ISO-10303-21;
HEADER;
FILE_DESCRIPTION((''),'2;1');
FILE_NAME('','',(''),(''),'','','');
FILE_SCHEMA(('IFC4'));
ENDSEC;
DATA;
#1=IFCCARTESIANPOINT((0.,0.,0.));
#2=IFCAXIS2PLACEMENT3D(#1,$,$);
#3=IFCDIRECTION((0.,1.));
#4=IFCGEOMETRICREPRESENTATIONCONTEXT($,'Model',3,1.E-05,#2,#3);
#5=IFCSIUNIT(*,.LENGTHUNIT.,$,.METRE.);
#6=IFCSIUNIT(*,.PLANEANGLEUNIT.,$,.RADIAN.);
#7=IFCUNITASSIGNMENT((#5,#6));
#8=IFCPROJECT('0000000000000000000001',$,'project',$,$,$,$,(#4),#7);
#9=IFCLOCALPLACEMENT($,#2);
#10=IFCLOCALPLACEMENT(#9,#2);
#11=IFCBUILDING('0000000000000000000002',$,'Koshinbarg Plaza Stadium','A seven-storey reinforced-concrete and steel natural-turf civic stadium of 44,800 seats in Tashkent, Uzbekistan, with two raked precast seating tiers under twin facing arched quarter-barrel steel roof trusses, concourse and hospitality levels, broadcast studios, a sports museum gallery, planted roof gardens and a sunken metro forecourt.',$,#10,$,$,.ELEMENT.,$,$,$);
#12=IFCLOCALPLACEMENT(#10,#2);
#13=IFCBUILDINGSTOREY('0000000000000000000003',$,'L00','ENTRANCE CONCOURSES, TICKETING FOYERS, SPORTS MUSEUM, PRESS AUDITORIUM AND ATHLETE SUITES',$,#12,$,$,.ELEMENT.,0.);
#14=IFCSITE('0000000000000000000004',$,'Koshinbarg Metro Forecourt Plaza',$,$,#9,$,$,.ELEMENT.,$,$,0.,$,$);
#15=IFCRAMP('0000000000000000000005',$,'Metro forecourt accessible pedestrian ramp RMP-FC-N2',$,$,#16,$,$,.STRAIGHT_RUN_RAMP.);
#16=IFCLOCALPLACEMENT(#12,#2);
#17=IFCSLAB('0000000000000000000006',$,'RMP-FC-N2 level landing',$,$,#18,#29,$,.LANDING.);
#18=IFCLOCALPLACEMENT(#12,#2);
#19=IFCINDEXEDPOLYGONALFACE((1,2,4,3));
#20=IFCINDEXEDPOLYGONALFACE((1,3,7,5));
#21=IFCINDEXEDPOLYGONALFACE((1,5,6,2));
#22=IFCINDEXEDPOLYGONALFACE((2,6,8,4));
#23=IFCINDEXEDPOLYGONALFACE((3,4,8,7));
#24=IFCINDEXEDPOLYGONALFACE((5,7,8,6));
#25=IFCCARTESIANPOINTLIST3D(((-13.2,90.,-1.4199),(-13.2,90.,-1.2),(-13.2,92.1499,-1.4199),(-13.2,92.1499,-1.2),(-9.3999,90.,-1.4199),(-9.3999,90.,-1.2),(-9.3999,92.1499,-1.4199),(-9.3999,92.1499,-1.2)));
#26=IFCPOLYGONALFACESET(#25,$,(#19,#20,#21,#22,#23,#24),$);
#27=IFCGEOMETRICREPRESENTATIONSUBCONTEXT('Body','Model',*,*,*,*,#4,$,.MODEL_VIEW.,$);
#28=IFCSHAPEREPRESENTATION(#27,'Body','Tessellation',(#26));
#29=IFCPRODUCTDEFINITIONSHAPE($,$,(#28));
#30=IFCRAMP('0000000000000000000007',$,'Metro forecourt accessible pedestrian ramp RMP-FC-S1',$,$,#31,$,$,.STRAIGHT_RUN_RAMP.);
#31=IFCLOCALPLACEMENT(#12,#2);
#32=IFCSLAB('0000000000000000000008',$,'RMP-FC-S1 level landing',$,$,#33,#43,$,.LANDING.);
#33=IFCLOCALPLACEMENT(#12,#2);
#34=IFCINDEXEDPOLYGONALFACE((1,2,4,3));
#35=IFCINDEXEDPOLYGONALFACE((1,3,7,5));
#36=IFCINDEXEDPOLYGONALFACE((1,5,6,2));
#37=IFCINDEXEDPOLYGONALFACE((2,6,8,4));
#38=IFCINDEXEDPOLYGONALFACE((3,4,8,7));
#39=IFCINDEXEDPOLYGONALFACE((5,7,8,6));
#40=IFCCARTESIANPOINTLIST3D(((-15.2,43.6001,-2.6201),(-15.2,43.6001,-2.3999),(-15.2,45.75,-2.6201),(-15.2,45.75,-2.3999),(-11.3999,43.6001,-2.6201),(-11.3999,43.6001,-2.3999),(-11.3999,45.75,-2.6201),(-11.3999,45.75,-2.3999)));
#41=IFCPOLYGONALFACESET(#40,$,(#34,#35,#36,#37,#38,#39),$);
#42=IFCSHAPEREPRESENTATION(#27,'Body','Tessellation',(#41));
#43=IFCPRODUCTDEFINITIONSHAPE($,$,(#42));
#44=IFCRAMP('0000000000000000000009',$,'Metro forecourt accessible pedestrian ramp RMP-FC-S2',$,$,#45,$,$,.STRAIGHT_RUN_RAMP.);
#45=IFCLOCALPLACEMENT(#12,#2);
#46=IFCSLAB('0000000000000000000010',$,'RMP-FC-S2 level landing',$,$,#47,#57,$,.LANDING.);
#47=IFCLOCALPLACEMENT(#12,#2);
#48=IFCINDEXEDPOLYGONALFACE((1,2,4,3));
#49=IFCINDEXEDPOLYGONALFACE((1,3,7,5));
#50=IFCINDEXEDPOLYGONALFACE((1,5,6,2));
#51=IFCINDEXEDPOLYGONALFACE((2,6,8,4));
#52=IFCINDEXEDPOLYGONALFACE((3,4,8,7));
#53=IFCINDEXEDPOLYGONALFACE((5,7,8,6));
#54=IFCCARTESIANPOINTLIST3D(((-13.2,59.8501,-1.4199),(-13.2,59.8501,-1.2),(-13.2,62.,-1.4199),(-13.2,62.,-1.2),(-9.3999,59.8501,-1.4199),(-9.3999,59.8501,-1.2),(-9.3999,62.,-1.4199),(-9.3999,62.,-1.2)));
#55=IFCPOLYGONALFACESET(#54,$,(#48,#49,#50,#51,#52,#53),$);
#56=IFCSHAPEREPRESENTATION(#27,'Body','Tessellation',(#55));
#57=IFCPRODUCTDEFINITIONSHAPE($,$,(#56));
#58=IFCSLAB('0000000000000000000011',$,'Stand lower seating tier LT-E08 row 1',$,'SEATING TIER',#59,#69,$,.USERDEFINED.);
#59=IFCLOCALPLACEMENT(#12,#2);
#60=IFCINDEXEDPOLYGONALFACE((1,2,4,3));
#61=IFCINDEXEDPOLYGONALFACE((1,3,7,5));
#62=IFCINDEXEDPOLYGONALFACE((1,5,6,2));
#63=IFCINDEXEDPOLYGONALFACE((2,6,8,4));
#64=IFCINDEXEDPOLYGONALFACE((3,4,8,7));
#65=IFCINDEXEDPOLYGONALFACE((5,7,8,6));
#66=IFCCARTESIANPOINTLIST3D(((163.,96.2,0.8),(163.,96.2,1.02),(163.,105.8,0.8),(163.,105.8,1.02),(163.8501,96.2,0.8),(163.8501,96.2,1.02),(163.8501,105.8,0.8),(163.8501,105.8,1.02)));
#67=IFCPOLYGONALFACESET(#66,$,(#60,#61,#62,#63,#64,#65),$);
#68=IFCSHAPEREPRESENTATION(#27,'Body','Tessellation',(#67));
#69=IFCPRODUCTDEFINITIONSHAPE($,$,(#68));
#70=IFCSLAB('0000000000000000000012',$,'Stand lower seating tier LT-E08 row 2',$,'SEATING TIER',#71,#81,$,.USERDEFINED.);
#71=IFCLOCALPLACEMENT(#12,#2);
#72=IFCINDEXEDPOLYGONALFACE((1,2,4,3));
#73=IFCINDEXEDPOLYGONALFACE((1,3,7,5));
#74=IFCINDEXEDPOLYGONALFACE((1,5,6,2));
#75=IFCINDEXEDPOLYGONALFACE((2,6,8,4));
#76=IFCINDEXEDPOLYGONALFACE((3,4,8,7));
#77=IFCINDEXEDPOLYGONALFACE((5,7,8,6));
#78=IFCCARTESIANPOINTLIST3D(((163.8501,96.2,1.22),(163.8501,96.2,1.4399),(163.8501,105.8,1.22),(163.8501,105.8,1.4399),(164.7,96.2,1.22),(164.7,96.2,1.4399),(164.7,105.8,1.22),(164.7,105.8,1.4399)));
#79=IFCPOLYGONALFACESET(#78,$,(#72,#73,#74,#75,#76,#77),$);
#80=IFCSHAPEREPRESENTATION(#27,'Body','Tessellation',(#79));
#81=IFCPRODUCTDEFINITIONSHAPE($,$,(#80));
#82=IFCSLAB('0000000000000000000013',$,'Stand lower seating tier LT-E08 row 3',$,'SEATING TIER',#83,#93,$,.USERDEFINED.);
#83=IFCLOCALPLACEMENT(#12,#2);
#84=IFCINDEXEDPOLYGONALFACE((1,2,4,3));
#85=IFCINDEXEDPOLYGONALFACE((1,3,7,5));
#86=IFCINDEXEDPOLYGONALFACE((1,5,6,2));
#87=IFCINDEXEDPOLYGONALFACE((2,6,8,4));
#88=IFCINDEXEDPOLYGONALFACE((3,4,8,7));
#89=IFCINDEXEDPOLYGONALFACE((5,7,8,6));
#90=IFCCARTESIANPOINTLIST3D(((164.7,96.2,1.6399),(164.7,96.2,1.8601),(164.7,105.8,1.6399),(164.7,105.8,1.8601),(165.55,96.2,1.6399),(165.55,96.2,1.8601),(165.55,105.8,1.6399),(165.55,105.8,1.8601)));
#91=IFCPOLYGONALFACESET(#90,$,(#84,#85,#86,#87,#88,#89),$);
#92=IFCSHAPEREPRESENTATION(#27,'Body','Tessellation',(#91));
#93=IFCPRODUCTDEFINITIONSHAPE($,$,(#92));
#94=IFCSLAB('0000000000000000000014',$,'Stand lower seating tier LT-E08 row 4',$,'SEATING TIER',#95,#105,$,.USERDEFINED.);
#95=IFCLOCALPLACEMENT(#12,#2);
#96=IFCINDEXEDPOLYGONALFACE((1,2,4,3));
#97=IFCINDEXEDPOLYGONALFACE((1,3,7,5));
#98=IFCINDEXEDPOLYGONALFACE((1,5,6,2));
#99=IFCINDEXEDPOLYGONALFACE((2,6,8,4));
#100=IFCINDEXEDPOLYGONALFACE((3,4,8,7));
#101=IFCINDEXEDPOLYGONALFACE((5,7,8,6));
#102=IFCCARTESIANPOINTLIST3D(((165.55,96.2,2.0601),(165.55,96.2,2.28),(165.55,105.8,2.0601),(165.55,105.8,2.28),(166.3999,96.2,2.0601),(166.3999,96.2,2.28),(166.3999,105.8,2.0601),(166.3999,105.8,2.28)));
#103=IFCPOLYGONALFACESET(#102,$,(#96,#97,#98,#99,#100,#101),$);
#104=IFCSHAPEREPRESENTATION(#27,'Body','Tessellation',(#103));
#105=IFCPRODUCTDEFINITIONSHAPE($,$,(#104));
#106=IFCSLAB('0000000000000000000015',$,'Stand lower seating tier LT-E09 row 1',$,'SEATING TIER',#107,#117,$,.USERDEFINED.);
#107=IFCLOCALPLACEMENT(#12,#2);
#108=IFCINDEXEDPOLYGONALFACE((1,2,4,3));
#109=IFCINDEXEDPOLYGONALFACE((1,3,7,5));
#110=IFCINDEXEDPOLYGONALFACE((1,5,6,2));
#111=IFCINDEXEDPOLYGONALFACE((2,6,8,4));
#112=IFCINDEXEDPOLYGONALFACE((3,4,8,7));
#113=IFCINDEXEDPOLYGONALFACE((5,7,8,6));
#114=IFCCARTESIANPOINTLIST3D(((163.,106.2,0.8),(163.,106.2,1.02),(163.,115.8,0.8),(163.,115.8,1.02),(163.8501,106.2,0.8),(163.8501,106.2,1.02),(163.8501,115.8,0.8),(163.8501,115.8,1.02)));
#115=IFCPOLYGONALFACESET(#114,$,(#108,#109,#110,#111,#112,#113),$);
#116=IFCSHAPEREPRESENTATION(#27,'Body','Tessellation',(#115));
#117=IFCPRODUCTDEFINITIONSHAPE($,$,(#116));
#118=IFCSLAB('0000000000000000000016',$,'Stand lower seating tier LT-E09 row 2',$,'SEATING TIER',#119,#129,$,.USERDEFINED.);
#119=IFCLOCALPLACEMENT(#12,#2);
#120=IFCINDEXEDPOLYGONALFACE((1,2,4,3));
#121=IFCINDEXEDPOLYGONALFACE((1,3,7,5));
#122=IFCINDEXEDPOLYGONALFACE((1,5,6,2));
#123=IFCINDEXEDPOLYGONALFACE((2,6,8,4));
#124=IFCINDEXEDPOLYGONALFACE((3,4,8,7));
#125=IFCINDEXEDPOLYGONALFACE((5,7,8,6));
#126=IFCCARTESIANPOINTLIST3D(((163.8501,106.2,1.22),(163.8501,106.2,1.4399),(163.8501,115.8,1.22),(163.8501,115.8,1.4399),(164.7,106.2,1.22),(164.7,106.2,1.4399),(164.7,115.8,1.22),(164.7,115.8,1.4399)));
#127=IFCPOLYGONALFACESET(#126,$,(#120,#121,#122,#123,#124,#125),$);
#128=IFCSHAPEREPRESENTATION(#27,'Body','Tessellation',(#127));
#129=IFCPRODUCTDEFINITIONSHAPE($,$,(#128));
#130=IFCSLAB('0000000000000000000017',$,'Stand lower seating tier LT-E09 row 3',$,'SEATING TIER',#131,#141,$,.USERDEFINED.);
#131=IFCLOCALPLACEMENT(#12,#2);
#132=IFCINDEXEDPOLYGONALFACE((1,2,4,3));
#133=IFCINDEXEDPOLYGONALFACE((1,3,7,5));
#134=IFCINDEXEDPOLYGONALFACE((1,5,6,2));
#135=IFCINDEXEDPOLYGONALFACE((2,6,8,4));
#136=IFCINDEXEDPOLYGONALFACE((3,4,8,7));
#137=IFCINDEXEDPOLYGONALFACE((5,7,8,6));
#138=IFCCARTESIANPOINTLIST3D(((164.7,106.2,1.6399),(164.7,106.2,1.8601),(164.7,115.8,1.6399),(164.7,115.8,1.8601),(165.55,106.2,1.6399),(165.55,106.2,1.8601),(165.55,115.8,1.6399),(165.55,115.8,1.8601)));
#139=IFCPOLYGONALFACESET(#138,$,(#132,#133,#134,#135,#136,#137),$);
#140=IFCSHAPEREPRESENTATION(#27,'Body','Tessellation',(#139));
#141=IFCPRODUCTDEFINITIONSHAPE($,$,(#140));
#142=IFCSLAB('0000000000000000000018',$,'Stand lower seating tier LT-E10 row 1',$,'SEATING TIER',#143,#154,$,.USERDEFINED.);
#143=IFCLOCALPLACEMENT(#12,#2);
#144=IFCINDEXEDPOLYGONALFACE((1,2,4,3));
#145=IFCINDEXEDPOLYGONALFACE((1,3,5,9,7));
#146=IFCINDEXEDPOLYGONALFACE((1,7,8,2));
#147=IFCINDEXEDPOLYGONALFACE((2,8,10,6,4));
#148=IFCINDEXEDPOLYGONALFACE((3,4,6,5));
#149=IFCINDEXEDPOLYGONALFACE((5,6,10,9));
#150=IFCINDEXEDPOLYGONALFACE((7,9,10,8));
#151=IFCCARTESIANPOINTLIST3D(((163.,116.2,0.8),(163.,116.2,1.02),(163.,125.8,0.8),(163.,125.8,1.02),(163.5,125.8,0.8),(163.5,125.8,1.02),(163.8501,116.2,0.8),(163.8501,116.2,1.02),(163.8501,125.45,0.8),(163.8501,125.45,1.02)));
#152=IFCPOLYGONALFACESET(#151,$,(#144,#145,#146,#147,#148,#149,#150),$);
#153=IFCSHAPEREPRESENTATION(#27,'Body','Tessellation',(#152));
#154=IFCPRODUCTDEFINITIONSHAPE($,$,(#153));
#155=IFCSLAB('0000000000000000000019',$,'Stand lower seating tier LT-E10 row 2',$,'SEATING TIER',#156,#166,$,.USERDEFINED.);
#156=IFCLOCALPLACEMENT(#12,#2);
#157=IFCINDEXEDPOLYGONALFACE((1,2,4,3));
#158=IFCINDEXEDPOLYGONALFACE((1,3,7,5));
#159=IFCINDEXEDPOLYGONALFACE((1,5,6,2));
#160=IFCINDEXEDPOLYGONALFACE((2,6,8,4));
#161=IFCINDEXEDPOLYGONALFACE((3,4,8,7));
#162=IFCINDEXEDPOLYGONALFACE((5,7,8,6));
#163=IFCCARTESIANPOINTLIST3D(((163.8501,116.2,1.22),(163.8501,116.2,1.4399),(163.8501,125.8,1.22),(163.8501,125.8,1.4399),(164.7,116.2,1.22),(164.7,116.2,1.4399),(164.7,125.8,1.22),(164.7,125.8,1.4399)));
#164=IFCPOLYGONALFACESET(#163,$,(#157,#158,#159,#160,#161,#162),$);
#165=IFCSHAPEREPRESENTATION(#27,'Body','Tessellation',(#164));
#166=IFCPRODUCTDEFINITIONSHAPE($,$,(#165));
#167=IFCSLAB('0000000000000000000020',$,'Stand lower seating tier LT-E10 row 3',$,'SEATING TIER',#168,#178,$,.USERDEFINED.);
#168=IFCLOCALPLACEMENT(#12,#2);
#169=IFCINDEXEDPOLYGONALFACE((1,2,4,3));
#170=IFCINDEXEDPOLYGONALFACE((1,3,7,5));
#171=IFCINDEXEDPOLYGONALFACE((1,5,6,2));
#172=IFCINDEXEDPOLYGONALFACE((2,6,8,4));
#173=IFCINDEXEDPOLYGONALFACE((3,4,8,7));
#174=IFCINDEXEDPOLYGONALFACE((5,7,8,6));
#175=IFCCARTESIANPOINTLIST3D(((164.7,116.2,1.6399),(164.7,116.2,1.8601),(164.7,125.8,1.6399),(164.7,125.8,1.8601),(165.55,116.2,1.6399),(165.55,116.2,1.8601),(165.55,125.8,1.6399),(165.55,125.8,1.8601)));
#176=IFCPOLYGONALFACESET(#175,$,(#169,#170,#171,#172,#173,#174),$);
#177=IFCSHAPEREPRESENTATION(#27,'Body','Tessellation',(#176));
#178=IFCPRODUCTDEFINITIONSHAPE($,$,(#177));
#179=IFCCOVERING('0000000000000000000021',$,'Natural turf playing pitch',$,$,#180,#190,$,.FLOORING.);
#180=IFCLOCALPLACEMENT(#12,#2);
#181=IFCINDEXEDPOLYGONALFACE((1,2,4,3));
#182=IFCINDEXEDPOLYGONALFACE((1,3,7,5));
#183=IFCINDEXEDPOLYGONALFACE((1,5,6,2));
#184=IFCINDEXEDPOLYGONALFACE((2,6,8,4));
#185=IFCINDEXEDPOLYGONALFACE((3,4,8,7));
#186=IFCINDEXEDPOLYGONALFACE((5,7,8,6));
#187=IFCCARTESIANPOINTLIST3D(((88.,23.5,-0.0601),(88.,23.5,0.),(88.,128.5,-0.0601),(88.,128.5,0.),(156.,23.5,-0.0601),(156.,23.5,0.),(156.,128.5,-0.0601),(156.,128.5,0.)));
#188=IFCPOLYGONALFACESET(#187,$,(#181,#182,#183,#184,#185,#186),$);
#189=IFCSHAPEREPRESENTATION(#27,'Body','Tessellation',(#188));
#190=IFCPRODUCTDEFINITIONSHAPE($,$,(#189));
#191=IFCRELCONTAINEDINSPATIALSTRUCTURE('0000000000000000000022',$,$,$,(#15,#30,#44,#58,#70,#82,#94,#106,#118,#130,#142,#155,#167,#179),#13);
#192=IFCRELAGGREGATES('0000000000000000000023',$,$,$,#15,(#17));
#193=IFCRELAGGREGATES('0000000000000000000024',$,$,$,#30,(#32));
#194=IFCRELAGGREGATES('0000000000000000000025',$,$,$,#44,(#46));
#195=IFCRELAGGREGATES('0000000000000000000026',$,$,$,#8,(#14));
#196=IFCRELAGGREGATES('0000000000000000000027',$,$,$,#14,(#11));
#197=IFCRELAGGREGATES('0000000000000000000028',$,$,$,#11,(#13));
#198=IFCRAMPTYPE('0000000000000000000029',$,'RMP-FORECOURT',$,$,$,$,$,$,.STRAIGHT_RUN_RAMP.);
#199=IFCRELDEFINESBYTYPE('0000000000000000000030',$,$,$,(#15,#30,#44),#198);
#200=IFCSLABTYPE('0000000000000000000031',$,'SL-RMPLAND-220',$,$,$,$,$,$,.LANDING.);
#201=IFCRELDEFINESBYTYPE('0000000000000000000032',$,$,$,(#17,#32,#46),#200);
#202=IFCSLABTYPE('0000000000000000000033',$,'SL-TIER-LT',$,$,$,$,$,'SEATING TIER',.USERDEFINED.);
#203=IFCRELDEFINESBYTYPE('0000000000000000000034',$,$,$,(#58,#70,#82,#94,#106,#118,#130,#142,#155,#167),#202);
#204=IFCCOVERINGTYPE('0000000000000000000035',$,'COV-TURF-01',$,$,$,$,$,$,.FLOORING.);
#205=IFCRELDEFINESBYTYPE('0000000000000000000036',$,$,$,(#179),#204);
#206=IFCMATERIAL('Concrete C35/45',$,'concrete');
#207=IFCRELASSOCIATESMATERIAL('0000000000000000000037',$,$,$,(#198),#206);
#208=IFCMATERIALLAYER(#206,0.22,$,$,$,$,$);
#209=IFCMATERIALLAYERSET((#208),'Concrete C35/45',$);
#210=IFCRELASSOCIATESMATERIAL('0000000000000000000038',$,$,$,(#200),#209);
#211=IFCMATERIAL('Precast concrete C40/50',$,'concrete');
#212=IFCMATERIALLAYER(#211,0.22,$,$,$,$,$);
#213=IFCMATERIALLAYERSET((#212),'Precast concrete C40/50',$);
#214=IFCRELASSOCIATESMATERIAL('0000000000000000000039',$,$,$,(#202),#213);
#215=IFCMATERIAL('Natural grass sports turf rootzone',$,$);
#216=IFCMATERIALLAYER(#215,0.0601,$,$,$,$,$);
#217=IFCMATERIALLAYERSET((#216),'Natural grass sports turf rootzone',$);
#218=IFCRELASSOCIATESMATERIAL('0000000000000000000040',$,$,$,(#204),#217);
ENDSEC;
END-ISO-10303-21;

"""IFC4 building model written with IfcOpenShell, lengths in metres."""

from ifc_helpers import new_model, si_unit, direction, frame, origin, place, context, subcontext, project, spatial, polyline, outline, extrude, material, layer, layer_set, type_object, element, aggregate, save


model = new_model("IFC4")

# Units and contexts
model_context = context("Model", 3, precision=1e-05, world=origin(), true_north=direction((0.0, 1.0)))
body_context = subcontext(model_context, "Body", "Model", "MODEL_VIEW")
ifc_project = project(units=[si_unit("LENGTHUNIT", "METRE"), si_unit("PLANEANGLEUNIT", "RADIAN")], contexts=[model_context])

# Site, building, storey
site_placement = place(None, origin())
site = spatial("IfcSite", under=ifc_project, at=site_placement, Name="Koshinbarg Metro Forecourt Plaza", CompositionType="ELEMENT", RefElevation=0.0)
building_placement = place(site_placement, origin())
building = spatial("IfcBuilding", under=site, at=building_placement, Name="Koshinbarg Plaza Stadium", Description="A seven-storey reinforced-concrete and steel natural-turf civic stadium of 44,800 seats in Tashkent, Uzbekistan, with two raked precast seating tiers under twin facing arched quarter-barrel steel roof trusses, concourse and hospitality levels, broadcast studios, a sports museum gallery, planted roof gardens and a sunken metro forecourt.", CompositionType="ELEMENT")
storey_placement = place(building_placement, origin())
storey = spatial("IfcBuildingStorey", under=building, at=storey_placement, Name="L00", Description="ENTRANCE CONCOURSES, TICKETING FOYERS, SPORTS MUSEUM, PRESS AUDITORIUM AND ATHLETE SUITES", CompositionType="ELEMENT", Elevation=0.0)

# Shared definitions
ifc_material_1 = material(Name="Concrete C35/45", Category="concrete")

# Ramps, slabs
ramp_type = type_object("IfcRampType", Name="RMP-FORECOURT", PredefinedType="STRAIGHT_RUN_RAMP", material=ifc_material_1)
ifc_layer_1 = layer(ifc_material_1, 0.22)
ifc_layer_set_1 = layer_set([ifc_layer_1], Name="Concrete C35/45")
slab_type_1 = type_object("IfcSlabType", Name="SL-RMPLAND-220", PredefinedType="LANDING", material=ifc_layer_set_1)
ramp_1_placement = place(storey_placement, origin())
ramp_1 = element("IfcRamp", 1, at=ramp_1_placement, inside=storey, type_object=ramp_type, Name="Metro forecourt accessible pedestrian ramp RMP-FC-N2", PredefinedType="STRAIGHT_RUN_RAMP")
slab_1_placement = place(storey_placement, frame((0.0, 0.0, -1.4199)))
slab_1 = element("IfcSlab", 2, at=slab_1_placement, type_object=slab_type_1, Name="RMP-FC-N2 level landing", PredefinedType="LANDING", context=body_context, shape_type="SweptSolid", body=[
    extrude(outline(polyline([(-13.2, 90.0), (-9.3999, 90.0), (-9.3999, 92.1499), (-13.2, 92.1499), (-13.2, 90.0)])), origin(), (0.0, 0.0, 1.0), 0.22),
])
aggregate(ramp_1, [slab_1])
ramp_2_placement = place(storey_placement, origin())
ramp_2 = element("IfcRamp", 3, at=ramp_2_placement, inside=storey, type_object=ramp_type, Name="Metro forecourt accessible pedestrian ramp RMP-FC-S1", PredefinedType="STRAIGHT_RUN_RAMP")
slab_2_placement = place(storey_placement, frame((0.0, 0.0, -2.6201)))
slab_2 = element("IfcSlab", 4, at=slab_2_placement, type_object=slab_type_1, Name="RMP-FC-S1 level landing", PredefinedType="LANDING", context=body_context, shape_type="SweptSolid", body=[
    extrude(outline(polyline([(-15.2, 43.6001), (-11.3999, 43.6001), (-11.3999, 45.75), (-15.2, 45.75), (-15.2, 43.6001)])), origin(), (0.0, 0.0, 1.0), 0.2202),
])
aggregate(ramp_2, [slab_2])
ramp_3_placement = place(storey_placement, origin())
ramp_3 = element("IfcRamp", 5, at=ramp_3_placement, inside=storey, type_object=ramp_type, Name="Metro forecourt accessible pedestrian ramp RMP-FC-S2", PredefinedType="STRAIGHT_RUN_RAMP")
slab_3_placement = place(storey_placement, frame((0.0, 0.0, -1.4199)))
slab_3 = element("IfcSlab", 6, at=slab_3_placement, type_object=slab_type_1, Name="RMP-FC-S2 level landing", PredefinedType="LANDING", context=body_context, shape_type="SweptSolid", body=[
    extrude(outline(polyline([(-13.2, 59.8501), (-9.3999, 59.8501), (-9.3999, 62.0), (-13.2, 62.0), (-13.2, 59.8501)])), origin(), (0.0, 0.0, 1.0), 0.22),
])
aggregate(ramp_3, [slab_3])

# Slabs
ifc_material_2 = material(Name="Precast concrete C40/50", Category="concrete")
ifc_layer_2 = layer(ifc_material_2, 0.22)
ifc_layer_set_2 = layer_set([ifc_layer_2], Name="Precast concrete C40/50")
slab_type_2 = type_object("IfcSlabType", Name="SL-TIER-LT", ElementType="SEATING TIER", PredefinedType="USERDEFINED", material=ifc_layer_set_2)
slab_4_placement = place(storey_placement, frame((0.0, 0.0, 0.8)))
element("IfcSlab", 7, at=slab_4_placement, inside=storey, type_object=slab_type_2, Name="Stand lower seating tier LT-E08 row 1", ObjectType="SEATING TIER", PredefinedType="USERDEFINED", context=body_context, shape_type="SweptSolid", body=[
    extrude(outline(polyline([(163.0, 96.2), (163.8501, 96.2), (163.8501, 105.8), (163.0, 105.8), (163.0, 96.2)])), origin(), (0.0, 0.0, 1.0), 0.22),
])
slab_5_placement = place(storey_placement, frame((0.0, 0.0, 1.22)))
element("IfcSlab", 8, at=slab_5_placement, inside=storey, type_object=slab_type_2, Name="Stand lower seating tier LT-E08 row 2", ObjectType="SEATING TIER", PredefinedType="USERDEFINED", context=body_context, shape_type="SweptSolid", body=[
    extrude(outline(polyline([(163.8501, 96.2), (164.7, 96.2), (164.7, 105.8), (163.8501, 105.8), (163.8501, 96.2)])), origin(), (0.0, 0.0, 1.0), 0.22),
])
slab_6_placement = place(storey_placement, frame((0.0, 0.0, 1.6399)))
element("IfcSlab", 9, at=slab_6_placement, inside=storey, type_object=slab_type_2, Name="Stand lower seating tier LT-E08 row 3", ObjectType="SEATING TIER", PredefinedType="USERDEFINED", context=body_context, shape_type="SweptSolid", body=[
    extrude(outline(polyline([(164.7, 96.2), (165.55, 96.2), (165.55, 105.8), (164.7, 105.8), (164.7, 96.2)])), origin(), (0.0, 0.0, 1.0), 0.2202),
])
slab_7_placement = place(storey_placement, frame((0.0, 0.0, 2.0601)))
element("IfcSlab", 10, at=slab_7_placement, inside=storey, type_object=slab_type_2, Name="Stand lower seating tier LT-E08 row 4", ObjectType="SEATING TIER", PredefinedType="USERDEFINED", context=body_context, shape_type="SweptSolid", body=[
    extrude(outline(polyline([(165.55, 96.2), (166.3999, 96.2), (166.3999, 105.8), (165.55, 105.8), (165.55, 96.2)])), origin(), (0.0, 0.0, 1.0), 0.22),
])
slab_8_placement = place(storey_placement, frame((0.0, 0.0, 0.8)))
element("IfcSlab", 11, at=slab_8_placement, inside=storey, type_object=slab_type_2, Name="Stand lower seating tier LT-E09 row 1", ObjectType="SEATING TIER", PredefinedType="USERDEFINED", context=body_context, shape_type="SweptSolid", body=[
    extrude(outline(polyline([(163.0, 106.2), (163.8501, 106.2), (163.8501, 115.8), (163.0, 115.8), (163.0, 106.2)])), origin(), (0.0, 0.0, 1.0), 0.22),
])
slab_9_placement = place(storey_placement, frame((0.0, 0.0, 1.22)))
element("IfcSlab", 12, at=slab_9_placement, inside=storey, type_object=slab_type_2, Name="Stand lower seating tier LT-E09 row 2", ObjectType="SEATING TIER", PredefinedType="USERDEFINED", context=body_context, shape_type="SweptSolid", body=[
    extrude(outline(polyline([(163.8501, 106.2), (164.7, 106.2), (164.7, 115.8), (163.8501, 115.8), (163.8501, 106.2)])), origin(), (0.0, 0.0, 1.0), 0.22),
])
slab_10_placement = place(storey_placement, frame((0.0, 0.0, 1.6399)))
element("IfcSlab", 13, at=slab_10_placement, inside=storey, type_object=slab_type_2, Name="Stand lower seating tier LT-E09 row 3", ObjectType="SEATING TIER", PredefinedType="USERDEFINED", context=body_context, shape_type="SweptSolid", body=[
    extrude(outline(polyline([(164.7, 106.2), (165.55, 106.2), (165.55, 115.8), (164.7, 115.8), (164.7, 106.2)])), origin(), (0.0, 0.0, 1.0), 0.2202),
])
slab_11_placement = place(storey_placement, frame((0.0, 0.0, 0.8)))
element("IfcSlab", 14, at=slab_11_placement, inside=storey, type_object=slab_type_2, Name="Stand lower seating tier LT-E10 row 1", ObjectType="SEATING TIER", PredefinedType="USERDEFINED", context=body_context, shape_type="SweptSolid", body=[
    extrude(outline(polyline([(163.0, 116.2), (163.8501, 116.2), (163.8501, 125.45), (163.5, 125.8), (163.0, 125.8), (163.0, 116.2)])), origin(), (0.0, 0.0, 1.0), 0.22),
])
slab_12_placement = place(storey_placement, frame((0.0, 0.0, 1.22)))
element("IfcSlab", 15, at=slab_12_placement, inside=storey, type_object=slab_type_2, Name="Stand lower seating tier LT-E10 row 2", ObjectType="SEATING TIER", PredefinedType="USERDEFINED", context=body_context, shape_type="SweptSolid", body=[
    extrude(outline(polyline([(163.8501, 116.2), (164.7, 116.2), (164.7, 125.8), (163.8501, 125.8), (163.8501, 116.2)])), origin(), (0.0, 0.0, 1.0), 0.22),
])
slab_13_placement = place(storey_placement, frame((0.0, 0.0, 1.6399)))
element("IfcSlab", 16, at=slab_13_placement, inside=storey, type_object=slab_type_2, Name="Stand lower seating tier LT-E10 row 3", ObjectType="SEATING TIER", PredefinedType="USERDEFINED", context=body_context, shape_type="SweptSolid", body=[
    extrude(outline(polyline([(164.7, 116.2), (165.55, 116.2), (165.55, 125.8), (164.7, 125.8), (164.7, 116.2)])), origin(), (0.0, 0.0, 1.0), 0.2202),
])

# Covering
ifc_material_3 = material(Name="Natural grass sports turf rootzone")
ifc_layer_3 = layer(ifc_material_3, 0.0601)
ifc_layer_set_3 = layer_set([ifc_layer_3], Name="Natural grass sports turf rootzone")
covering_type = type_object("IfcCoveringType", Name="COV-TURF-01", PredefinedType="FLOORING", material=ifc_layer_set_3)
covering_placement = place(storey_placement, frame((0.0, 0.0, -0.0601)))
element("IfcCovering", 17, at=covering_placement, inside=storey, type_object=covering_type, Name="Natural turf playing pitch", PredefinedType="FLOORING", context=body_context, shape_type="SweptSolid", body=[
    extrude(outline(polyline([(88.0, 23.5), (156.0, 23.5), (156.0, 128.5), (88.0, 128.5), (88.0, 23.5)])), origin(), (0.0, 0.0, 1.0), 0.0601),
])

save(model, "model.ifc")
